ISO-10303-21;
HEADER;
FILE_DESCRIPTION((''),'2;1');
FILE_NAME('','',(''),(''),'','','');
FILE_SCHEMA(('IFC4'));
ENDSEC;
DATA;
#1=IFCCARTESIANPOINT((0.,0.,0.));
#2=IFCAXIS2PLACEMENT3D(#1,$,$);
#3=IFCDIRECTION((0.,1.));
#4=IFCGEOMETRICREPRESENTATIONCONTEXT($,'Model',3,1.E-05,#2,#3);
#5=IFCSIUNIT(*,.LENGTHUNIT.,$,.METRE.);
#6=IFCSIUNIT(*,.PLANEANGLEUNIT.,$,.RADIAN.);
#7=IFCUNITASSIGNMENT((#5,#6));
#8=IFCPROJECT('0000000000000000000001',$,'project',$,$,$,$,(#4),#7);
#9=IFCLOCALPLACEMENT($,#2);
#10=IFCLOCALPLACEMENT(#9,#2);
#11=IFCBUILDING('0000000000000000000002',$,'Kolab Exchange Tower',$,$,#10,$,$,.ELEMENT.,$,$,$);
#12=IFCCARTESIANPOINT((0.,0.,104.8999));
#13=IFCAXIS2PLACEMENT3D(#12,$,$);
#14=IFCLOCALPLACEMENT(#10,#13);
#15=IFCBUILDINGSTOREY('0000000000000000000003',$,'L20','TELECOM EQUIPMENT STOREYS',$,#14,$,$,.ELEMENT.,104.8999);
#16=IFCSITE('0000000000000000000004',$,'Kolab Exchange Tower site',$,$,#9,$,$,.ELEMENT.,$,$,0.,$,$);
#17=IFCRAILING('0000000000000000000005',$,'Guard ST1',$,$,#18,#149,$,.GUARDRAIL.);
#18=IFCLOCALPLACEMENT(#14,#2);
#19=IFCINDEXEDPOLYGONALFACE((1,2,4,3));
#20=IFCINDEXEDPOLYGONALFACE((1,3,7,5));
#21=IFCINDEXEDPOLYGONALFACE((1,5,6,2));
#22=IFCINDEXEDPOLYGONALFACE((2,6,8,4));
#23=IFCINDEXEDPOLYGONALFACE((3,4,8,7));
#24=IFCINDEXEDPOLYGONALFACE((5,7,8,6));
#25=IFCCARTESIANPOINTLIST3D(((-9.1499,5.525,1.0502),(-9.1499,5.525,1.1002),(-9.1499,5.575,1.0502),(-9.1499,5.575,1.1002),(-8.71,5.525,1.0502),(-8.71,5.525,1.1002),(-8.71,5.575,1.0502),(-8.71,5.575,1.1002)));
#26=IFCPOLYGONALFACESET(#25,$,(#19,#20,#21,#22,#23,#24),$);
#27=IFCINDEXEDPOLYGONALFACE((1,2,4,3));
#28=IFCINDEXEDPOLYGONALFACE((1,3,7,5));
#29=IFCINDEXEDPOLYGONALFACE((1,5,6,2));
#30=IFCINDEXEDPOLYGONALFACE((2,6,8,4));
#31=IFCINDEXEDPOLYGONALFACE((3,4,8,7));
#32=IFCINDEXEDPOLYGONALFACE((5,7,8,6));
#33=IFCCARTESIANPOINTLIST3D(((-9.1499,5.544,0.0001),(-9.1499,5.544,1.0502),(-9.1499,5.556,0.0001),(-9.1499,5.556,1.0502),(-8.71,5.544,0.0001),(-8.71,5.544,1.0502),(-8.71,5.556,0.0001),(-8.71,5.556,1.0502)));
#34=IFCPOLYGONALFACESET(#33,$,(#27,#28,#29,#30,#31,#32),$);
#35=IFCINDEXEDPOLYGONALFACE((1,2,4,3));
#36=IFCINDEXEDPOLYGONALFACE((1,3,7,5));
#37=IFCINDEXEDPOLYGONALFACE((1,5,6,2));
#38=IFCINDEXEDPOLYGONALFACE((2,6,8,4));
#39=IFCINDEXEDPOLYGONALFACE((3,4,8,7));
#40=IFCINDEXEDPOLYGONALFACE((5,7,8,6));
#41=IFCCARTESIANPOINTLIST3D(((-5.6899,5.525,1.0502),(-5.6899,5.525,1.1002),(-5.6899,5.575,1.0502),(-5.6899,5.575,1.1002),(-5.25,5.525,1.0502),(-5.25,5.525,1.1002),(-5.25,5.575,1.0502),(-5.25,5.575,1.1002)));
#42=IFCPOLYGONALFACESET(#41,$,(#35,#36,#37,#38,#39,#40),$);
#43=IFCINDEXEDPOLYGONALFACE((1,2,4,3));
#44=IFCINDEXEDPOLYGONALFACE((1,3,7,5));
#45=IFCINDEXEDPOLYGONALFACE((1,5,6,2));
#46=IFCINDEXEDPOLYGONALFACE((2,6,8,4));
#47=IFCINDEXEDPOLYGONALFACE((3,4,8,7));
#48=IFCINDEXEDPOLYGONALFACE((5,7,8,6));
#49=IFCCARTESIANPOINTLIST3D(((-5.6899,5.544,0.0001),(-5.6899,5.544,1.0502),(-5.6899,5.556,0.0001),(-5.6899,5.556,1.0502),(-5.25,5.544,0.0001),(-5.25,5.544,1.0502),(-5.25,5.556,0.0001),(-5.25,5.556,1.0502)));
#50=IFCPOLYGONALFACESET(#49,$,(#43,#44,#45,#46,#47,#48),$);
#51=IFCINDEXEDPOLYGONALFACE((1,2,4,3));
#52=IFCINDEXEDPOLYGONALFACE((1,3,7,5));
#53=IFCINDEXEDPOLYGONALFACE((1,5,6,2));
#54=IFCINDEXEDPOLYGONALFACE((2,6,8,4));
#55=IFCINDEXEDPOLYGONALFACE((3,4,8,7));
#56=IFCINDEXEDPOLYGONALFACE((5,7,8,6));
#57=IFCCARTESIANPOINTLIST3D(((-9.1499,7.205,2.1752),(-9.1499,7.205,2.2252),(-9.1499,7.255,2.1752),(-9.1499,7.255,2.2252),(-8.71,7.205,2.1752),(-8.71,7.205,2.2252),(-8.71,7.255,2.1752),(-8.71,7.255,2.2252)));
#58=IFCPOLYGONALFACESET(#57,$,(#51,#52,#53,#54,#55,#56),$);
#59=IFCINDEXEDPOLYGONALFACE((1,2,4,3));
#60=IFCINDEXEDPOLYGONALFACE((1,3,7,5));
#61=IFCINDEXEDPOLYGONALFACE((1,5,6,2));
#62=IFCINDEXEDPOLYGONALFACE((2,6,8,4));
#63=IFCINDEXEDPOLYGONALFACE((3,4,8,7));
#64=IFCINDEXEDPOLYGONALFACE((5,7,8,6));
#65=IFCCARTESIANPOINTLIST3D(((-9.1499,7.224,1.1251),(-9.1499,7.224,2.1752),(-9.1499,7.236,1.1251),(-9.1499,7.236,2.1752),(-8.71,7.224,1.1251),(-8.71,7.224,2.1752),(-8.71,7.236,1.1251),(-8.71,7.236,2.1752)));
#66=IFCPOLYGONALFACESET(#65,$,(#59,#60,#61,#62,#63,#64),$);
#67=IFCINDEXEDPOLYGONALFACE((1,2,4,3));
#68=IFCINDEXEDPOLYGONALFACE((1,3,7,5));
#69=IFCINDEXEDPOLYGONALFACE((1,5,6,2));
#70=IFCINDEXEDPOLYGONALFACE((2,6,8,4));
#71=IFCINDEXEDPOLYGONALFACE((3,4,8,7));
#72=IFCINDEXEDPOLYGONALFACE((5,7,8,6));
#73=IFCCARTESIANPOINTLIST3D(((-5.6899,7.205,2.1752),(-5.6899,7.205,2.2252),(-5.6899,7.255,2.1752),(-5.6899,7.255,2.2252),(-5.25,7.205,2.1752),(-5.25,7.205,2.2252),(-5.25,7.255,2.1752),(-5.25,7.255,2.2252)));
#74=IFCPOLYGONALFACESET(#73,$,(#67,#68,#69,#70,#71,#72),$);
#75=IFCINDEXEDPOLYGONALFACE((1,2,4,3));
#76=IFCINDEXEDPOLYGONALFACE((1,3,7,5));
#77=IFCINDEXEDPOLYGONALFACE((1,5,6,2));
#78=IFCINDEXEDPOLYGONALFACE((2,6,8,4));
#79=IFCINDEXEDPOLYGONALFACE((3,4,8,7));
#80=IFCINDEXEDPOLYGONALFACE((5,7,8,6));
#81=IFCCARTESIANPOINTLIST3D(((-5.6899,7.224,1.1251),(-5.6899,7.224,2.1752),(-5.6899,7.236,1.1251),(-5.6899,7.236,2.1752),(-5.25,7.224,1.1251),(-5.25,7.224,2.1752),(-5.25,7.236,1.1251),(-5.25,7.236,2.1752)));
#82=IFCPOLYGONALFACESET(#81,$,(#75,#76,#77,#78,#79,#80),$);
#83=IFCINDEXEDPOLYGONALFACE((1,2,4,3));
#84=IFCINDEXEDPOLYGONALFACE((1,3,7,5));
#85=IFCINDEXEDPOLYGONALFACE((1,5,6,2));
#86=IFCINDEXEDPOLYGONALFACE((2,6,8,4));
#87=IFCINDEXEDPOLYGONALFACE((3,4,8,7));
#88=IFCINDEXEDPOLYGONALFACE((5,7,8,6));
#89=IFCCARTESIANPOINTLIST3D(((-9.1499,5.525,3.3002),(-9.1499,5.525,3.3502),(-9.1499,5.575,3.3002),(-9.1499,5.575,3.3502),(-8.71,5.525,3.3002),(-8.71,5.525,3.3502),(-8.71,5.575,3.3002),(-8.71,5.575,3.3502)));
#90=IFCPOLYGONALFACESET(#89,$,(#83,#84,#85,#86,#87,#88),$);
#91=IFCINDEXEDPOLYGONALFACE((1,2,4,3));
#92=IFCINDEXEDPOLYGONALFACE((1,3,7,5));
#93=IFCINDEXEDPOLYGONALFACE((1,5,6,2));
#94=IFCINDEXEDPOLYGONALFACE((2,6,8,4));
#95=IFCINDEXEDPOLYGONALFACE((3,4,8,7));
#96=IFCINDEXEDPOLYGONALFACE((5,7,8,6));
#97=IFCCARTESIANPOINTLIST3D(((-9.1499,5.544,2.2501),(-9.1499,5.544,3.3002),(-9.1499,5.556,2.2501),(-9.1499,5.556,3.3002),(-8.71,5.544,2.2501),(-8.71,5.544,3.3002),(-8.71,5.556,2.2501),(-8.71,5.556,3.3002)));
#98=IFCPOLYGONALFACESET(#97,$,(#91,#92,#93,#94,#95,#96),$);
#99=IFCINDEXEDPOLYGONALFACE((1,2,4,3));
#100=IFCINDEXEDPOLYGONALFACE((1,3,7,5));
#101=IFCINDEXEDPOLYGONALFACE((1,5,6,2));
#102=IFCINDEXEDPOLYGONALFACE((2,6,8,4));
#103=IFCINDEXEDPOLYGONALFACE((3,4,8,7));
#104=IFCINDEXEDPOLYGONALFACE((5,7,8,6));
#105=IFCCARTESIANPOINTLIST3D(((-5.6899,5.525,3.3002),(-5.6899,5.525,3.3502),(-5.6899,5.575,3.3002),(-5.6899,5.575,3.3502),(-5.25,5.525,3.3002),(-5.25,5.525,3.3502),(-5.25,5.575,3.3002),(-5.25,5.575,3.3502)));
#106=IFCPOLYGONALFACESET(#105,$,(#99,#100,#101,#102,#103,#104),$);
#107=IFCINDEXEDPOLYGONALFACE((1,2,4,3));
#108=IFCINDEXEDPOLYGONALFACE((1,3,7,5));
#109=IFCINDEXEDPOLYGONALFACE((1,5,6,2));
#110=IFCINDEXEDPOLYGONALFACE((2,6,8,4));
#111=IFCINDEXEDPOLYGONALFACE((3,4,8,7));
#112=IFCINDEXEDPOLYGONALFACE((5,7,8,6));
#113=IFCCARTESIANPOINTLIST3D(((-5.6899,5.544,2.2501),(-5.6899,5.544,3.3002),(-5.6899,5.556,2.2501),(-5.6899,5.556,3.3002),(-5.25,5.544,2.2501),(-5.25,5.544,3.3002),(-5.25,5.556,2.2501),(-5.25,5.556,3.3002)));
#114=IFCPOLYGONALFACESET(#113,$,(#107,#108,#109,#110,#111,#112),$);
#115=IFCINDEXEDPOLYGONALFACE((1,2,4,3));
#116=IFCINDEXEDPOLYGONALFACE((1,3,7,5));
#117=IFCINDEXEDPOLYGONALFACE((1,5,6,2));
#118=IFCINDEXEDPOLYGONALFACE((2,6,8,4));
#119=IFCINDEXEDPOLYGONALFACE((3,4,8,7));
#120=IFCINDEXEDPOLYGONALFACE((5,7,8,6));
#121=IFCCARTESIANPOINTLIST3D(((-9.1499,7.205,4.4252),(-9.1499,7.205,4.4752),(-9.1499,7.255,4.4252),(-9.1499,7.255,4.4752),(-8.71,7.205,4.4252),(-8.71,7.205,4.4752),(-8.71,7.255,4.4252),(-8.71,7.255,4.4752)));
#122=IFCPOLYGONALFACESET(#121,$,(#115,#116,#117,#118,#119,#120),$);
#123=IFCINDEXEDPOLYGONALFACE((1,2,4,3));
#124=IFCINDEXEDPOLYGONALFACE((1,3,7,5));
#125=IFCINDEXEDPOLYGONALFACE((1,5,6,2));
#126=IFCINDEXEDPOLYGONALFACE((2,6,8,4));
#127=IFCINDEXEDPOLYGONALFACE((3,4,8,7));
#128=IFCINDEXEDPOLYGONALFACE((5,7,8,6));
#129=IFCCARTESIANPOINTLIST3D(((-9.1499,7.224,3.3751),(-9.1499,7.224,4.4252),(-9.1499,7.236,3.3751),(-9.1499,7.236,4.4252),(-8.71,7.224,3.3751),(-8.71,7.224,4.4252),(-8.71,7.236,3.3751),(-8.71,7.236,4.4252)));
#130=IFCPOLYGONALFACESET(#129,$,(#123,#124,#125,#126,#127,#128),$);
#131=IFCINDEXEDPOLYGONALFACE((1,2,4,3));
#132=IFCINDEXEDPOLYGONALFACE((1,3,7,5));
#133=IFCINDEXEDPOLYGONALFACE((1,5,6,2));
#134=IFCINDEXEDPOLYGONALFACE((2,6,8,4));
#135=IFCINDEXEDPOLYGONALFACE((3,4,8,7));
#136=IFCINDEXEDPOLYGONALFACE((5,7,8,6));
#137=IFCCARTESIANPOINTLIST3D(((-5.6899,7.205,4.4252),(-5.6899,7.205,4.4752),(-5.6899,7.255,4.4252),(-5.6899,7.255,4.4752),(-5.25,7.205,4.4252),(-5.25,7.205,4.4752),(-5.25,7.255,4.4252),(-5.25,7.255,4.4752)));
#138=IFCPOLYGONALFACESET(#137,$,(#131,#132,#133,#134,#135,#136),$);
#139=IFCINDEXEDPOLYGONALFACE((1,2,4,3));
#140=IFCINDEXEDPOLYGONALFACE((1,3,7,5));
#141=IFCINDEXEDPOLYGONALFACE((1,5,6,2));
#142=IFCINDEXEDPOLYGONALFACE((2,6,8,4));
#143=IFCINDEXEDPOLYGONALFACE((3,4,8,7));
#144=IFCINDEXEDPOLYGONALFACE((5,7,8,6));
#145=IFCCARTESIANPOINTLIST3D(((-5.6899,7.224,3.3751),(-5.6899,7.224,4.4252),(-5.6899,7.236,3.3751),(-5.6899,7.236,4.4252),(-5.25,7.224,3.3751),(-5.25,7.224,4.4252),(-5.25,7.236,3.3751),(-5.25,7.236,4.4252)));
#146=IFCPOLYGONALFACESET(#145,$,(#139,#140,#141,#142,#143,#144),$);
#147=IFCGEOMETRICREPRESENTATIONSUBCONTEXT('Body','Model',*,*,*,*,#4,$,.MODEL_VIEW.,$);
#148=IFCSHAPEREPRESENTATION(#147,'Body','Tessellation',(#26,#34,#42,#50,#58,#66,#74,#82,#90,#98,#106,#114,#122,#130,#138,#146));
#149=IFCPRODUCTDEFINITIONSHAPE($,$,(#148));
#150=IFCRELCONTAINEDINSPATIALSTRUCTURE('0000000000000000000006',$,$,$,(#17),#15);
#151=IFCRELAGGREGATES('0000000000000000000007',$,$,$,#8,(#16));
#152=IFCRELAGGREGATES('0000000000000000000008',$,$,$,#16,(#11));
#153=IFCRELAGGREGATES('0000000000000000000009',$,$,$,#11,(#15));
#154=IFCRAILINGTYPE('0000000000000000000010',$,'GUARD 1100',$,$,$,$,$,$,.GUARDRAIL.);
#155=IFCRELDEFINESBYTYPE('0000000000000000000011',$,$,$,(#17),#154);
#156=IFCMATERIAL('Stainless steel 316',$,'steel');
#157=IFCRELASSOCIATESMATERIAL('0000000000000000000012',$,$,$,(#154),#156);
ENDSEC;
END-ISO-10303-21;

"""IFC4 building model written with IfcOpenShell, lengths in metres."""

from ifc_helpers import new_model, si_unit, direction, frame, frame_2d, origin, origin_2d, place, context, subcontext, project, spatial, rectangle, extrude, material, type_object, element, save


model = new_model("IFC4")

# Units and contexts
model_context = context("Model", 3, precision=1e-05, world=origin(), true_north=direction((0.0, 1.0)))
body_context = subcontext(model_context, "Body", "Model", "MODEL_VIEW")
ifc_project = project(units=[si_unit("LENGTHUNIT", "METRE"), si_unit("PLANEANGLEUNIT", "RADIAN")], contexts=[model_context])

# Site, building, storey
site_placement = place(None, origin())
site = spatial("IfcSite", under=ifc_project, at=site_placement, Name="Kolab Exchange Tower site", CompositionType="ELEMENT", RefElevation=0.0)
building_placement = place(site_placement, origin())
building = spatial("IfcBuilding", under=site, at=building_placement, Name="Kolab Exchange Tower", CompositionType="ELEMENT")
storey_placement = place(building_placement, frame((0.0, 0.0, 104.8999)))
storey = spatial("IfcBuildingStorey", under=building, at=storey_placement, Name="L20", Description="TELECOM EQUIPMENT STOREYS", CompositionType="ELEMENT", Elevation=104.8999)

# Railing
ifc_material_1 = material(Name="Stainless steel 316", Category="steel")
railing_type = type_object("IfcRailingType", Name="GUARD 1100", PredefinedType="GUARDRAIL", material=ifc_material_1)
railing_placement = place(storey_placement, frame((-9.1499, 5.55, 0.0)))
element("IfcRailing", 1, at=railing_placement, inside=storey, type_object=railing_type, Name="Guard ST1", PredefinedType="GUARDRAIL", context=body_context, shape_type="SweptSolid", body=[
    extrude(rectangle(XDim=0.05, YDim=0.05, at=origin_2d()), frame((0.0, 0.0, 1.0752), z_axis=(1.0, 0.0, 0.0), x_axis=(0.0, 1.0, 0.0)), (0.0, 0.0, 1.0), 0.4399),
    extrude(rectangle(XDim=0.012, YDim=1.0501, at=frame_2d((0.0, 0.5251))), frame((0.0, 0.0, 0.0), z_axis=(1.0, 0.0, 0.0), x_axis=(0.0, 1.0, 0.0)), (0.0, 0.0, 1.0), 0.4399),
    extrude(rectangle(XDim=0.05, YDim=0.05, at=origin_2d()), frame((3.46, 0.0, 1.0752), z_axis=(1.0, 0.0, 0.0), x_axis=(0.0, 1.0, 0.0)), (0.0, 0.0, 1.0), 0.4399),
    extrude(rectangle(XDim=0.012, YDim=1.0501, at=frame_2d((0.0, 0.5251))), frame((3.46, 0.0, 0.0), z_axis=(1.0, 0.0, 0.0), x_axis=(0.0, 1.0, 0.0)), (0.0, 0.0, 1.0), 0.4399),
    extrude(rectangle(XDim=0.05, YDim=0.05, at=origin_2d()), frame((0.0, 1.6799, 2.2002), z_axis=(1.0, 0.0, 0.0), x_axis=(0.0, 1.0, 0.0)), (0.0, 0.0, 1.0), 0.4399),
    extrude(rectangle(XDim=0.012, YDim=1.0501, at=frame_2d((0.0, 0.5251))), frame((0.0, 1.6799, 1.125), z_axis=(1.0, 0.0, 0.0), x_axis=(0.0, 1.0, 0.0)), (0.0, 0.0, 1.0), 0.4399),
    extrude(rectangle(XDim=0.05, YDim=0.05, at=origin_2d()), frame((3.46, 1.6799, 2.2002), z_axis=(1.0, 0.0, 0.0), x_axis=(0.0, 1.0, 0.0)), (0.0, 0.0, 1.0), 0.4399),
    extrude(rectangle(XDim=0.012, YDim=1.0501, at=frame_2d((0.0, 0.5251))), frame((3.46, 1.6799, 1.125), z_axis=(1.0, 0.0, 0.0), x_axis=(0.0, 1.0, 0.0)), (0.0, 0.0, 1.0), 0.4399),
    extrude(rectangle(XDim=0.05, YDim=0.05, at=origin_2d()), frame((0.0, 0.0, 3.3252), z_axis=(1.0, 0.0, 0.0), x_axis=(0.0, 1.0, 0.0)), (0.0, 0.0, 1.0), 0.4399),
    extrude(rectangle(XDim=0.012, YDim=1.0501, at=frame_2d((0.0, 0.5251))), frame((0.0, 0.0, 2.25), z_axis=(1.0, 0.0, 0.0), x_axis=(0.0, 1.0, 0.0)), (0.0, 0.0, 1.0), 0.4399),
    extrude(rectangle(XDim=0.05, YDim=0.05, at=origin_2d()), frame((3.46, 0.0, 3.3252), z_axis=(1.0, 0.0, 0.0), x_axis=(0.0, 1.0, 0.0)), (0.0, 0.0, 1.0), 0.4399),
    extrude(rectangle(XDim=0.012, YDim=1.0501, at=frame_2d((0.0, 0.5251))), frame((3.46, 0.0, 2.25), z_axis=(1.0, 0.0, 0.0), x_axis=(0.0, 1.0, 0.0)), (0.0, 0.0, 1.0), 0.4399),
    extrude(rectangle(XDim=0.05, YDim=0.05, at=origin_2d()), frame((0.0, 1.6799, 4.4502), z_axis=(1.0, 0.0, 0.0), x_axis=(0.0, 1.0, 0.0)), (0.0, 0.0, 1.0), 0.4399),
    extrude(rectangle(XDim=0.012, YDim=1.0501, at=frame_2d((0.0, 0.5251))), frame((0.0, 1.6799, 3.375), z_axis=(1.0, 0.0, 0.0), x_axis=(0.0, 1.0, 0.0)), (0.0, 0.0, 1.0), 0.4399),
    extrude(rectangle(XDim=0.05, YDim=0.05, at=origin_2d()), frame((3.46, 1.6799, 4.4502), z_axis=(1.0, 0.0, 0.0), x_axis=(0.0, 1.0, 0.0)), (0.0, 0.0, 1.0), 0.4399),
    extrude(rectangle(XDim=0.012, YDim=1.0501, at=frame_2d((0.0, 0.5251))), frame((3.46, 1.6799, 3.375), z_axis=(1.0, 0.0, 0.0), x_axis=(0.0, 1.0, 0.0)), (0.0, 0.0, 1.0), 0.4399),
])

save(model, "model.ifc")
